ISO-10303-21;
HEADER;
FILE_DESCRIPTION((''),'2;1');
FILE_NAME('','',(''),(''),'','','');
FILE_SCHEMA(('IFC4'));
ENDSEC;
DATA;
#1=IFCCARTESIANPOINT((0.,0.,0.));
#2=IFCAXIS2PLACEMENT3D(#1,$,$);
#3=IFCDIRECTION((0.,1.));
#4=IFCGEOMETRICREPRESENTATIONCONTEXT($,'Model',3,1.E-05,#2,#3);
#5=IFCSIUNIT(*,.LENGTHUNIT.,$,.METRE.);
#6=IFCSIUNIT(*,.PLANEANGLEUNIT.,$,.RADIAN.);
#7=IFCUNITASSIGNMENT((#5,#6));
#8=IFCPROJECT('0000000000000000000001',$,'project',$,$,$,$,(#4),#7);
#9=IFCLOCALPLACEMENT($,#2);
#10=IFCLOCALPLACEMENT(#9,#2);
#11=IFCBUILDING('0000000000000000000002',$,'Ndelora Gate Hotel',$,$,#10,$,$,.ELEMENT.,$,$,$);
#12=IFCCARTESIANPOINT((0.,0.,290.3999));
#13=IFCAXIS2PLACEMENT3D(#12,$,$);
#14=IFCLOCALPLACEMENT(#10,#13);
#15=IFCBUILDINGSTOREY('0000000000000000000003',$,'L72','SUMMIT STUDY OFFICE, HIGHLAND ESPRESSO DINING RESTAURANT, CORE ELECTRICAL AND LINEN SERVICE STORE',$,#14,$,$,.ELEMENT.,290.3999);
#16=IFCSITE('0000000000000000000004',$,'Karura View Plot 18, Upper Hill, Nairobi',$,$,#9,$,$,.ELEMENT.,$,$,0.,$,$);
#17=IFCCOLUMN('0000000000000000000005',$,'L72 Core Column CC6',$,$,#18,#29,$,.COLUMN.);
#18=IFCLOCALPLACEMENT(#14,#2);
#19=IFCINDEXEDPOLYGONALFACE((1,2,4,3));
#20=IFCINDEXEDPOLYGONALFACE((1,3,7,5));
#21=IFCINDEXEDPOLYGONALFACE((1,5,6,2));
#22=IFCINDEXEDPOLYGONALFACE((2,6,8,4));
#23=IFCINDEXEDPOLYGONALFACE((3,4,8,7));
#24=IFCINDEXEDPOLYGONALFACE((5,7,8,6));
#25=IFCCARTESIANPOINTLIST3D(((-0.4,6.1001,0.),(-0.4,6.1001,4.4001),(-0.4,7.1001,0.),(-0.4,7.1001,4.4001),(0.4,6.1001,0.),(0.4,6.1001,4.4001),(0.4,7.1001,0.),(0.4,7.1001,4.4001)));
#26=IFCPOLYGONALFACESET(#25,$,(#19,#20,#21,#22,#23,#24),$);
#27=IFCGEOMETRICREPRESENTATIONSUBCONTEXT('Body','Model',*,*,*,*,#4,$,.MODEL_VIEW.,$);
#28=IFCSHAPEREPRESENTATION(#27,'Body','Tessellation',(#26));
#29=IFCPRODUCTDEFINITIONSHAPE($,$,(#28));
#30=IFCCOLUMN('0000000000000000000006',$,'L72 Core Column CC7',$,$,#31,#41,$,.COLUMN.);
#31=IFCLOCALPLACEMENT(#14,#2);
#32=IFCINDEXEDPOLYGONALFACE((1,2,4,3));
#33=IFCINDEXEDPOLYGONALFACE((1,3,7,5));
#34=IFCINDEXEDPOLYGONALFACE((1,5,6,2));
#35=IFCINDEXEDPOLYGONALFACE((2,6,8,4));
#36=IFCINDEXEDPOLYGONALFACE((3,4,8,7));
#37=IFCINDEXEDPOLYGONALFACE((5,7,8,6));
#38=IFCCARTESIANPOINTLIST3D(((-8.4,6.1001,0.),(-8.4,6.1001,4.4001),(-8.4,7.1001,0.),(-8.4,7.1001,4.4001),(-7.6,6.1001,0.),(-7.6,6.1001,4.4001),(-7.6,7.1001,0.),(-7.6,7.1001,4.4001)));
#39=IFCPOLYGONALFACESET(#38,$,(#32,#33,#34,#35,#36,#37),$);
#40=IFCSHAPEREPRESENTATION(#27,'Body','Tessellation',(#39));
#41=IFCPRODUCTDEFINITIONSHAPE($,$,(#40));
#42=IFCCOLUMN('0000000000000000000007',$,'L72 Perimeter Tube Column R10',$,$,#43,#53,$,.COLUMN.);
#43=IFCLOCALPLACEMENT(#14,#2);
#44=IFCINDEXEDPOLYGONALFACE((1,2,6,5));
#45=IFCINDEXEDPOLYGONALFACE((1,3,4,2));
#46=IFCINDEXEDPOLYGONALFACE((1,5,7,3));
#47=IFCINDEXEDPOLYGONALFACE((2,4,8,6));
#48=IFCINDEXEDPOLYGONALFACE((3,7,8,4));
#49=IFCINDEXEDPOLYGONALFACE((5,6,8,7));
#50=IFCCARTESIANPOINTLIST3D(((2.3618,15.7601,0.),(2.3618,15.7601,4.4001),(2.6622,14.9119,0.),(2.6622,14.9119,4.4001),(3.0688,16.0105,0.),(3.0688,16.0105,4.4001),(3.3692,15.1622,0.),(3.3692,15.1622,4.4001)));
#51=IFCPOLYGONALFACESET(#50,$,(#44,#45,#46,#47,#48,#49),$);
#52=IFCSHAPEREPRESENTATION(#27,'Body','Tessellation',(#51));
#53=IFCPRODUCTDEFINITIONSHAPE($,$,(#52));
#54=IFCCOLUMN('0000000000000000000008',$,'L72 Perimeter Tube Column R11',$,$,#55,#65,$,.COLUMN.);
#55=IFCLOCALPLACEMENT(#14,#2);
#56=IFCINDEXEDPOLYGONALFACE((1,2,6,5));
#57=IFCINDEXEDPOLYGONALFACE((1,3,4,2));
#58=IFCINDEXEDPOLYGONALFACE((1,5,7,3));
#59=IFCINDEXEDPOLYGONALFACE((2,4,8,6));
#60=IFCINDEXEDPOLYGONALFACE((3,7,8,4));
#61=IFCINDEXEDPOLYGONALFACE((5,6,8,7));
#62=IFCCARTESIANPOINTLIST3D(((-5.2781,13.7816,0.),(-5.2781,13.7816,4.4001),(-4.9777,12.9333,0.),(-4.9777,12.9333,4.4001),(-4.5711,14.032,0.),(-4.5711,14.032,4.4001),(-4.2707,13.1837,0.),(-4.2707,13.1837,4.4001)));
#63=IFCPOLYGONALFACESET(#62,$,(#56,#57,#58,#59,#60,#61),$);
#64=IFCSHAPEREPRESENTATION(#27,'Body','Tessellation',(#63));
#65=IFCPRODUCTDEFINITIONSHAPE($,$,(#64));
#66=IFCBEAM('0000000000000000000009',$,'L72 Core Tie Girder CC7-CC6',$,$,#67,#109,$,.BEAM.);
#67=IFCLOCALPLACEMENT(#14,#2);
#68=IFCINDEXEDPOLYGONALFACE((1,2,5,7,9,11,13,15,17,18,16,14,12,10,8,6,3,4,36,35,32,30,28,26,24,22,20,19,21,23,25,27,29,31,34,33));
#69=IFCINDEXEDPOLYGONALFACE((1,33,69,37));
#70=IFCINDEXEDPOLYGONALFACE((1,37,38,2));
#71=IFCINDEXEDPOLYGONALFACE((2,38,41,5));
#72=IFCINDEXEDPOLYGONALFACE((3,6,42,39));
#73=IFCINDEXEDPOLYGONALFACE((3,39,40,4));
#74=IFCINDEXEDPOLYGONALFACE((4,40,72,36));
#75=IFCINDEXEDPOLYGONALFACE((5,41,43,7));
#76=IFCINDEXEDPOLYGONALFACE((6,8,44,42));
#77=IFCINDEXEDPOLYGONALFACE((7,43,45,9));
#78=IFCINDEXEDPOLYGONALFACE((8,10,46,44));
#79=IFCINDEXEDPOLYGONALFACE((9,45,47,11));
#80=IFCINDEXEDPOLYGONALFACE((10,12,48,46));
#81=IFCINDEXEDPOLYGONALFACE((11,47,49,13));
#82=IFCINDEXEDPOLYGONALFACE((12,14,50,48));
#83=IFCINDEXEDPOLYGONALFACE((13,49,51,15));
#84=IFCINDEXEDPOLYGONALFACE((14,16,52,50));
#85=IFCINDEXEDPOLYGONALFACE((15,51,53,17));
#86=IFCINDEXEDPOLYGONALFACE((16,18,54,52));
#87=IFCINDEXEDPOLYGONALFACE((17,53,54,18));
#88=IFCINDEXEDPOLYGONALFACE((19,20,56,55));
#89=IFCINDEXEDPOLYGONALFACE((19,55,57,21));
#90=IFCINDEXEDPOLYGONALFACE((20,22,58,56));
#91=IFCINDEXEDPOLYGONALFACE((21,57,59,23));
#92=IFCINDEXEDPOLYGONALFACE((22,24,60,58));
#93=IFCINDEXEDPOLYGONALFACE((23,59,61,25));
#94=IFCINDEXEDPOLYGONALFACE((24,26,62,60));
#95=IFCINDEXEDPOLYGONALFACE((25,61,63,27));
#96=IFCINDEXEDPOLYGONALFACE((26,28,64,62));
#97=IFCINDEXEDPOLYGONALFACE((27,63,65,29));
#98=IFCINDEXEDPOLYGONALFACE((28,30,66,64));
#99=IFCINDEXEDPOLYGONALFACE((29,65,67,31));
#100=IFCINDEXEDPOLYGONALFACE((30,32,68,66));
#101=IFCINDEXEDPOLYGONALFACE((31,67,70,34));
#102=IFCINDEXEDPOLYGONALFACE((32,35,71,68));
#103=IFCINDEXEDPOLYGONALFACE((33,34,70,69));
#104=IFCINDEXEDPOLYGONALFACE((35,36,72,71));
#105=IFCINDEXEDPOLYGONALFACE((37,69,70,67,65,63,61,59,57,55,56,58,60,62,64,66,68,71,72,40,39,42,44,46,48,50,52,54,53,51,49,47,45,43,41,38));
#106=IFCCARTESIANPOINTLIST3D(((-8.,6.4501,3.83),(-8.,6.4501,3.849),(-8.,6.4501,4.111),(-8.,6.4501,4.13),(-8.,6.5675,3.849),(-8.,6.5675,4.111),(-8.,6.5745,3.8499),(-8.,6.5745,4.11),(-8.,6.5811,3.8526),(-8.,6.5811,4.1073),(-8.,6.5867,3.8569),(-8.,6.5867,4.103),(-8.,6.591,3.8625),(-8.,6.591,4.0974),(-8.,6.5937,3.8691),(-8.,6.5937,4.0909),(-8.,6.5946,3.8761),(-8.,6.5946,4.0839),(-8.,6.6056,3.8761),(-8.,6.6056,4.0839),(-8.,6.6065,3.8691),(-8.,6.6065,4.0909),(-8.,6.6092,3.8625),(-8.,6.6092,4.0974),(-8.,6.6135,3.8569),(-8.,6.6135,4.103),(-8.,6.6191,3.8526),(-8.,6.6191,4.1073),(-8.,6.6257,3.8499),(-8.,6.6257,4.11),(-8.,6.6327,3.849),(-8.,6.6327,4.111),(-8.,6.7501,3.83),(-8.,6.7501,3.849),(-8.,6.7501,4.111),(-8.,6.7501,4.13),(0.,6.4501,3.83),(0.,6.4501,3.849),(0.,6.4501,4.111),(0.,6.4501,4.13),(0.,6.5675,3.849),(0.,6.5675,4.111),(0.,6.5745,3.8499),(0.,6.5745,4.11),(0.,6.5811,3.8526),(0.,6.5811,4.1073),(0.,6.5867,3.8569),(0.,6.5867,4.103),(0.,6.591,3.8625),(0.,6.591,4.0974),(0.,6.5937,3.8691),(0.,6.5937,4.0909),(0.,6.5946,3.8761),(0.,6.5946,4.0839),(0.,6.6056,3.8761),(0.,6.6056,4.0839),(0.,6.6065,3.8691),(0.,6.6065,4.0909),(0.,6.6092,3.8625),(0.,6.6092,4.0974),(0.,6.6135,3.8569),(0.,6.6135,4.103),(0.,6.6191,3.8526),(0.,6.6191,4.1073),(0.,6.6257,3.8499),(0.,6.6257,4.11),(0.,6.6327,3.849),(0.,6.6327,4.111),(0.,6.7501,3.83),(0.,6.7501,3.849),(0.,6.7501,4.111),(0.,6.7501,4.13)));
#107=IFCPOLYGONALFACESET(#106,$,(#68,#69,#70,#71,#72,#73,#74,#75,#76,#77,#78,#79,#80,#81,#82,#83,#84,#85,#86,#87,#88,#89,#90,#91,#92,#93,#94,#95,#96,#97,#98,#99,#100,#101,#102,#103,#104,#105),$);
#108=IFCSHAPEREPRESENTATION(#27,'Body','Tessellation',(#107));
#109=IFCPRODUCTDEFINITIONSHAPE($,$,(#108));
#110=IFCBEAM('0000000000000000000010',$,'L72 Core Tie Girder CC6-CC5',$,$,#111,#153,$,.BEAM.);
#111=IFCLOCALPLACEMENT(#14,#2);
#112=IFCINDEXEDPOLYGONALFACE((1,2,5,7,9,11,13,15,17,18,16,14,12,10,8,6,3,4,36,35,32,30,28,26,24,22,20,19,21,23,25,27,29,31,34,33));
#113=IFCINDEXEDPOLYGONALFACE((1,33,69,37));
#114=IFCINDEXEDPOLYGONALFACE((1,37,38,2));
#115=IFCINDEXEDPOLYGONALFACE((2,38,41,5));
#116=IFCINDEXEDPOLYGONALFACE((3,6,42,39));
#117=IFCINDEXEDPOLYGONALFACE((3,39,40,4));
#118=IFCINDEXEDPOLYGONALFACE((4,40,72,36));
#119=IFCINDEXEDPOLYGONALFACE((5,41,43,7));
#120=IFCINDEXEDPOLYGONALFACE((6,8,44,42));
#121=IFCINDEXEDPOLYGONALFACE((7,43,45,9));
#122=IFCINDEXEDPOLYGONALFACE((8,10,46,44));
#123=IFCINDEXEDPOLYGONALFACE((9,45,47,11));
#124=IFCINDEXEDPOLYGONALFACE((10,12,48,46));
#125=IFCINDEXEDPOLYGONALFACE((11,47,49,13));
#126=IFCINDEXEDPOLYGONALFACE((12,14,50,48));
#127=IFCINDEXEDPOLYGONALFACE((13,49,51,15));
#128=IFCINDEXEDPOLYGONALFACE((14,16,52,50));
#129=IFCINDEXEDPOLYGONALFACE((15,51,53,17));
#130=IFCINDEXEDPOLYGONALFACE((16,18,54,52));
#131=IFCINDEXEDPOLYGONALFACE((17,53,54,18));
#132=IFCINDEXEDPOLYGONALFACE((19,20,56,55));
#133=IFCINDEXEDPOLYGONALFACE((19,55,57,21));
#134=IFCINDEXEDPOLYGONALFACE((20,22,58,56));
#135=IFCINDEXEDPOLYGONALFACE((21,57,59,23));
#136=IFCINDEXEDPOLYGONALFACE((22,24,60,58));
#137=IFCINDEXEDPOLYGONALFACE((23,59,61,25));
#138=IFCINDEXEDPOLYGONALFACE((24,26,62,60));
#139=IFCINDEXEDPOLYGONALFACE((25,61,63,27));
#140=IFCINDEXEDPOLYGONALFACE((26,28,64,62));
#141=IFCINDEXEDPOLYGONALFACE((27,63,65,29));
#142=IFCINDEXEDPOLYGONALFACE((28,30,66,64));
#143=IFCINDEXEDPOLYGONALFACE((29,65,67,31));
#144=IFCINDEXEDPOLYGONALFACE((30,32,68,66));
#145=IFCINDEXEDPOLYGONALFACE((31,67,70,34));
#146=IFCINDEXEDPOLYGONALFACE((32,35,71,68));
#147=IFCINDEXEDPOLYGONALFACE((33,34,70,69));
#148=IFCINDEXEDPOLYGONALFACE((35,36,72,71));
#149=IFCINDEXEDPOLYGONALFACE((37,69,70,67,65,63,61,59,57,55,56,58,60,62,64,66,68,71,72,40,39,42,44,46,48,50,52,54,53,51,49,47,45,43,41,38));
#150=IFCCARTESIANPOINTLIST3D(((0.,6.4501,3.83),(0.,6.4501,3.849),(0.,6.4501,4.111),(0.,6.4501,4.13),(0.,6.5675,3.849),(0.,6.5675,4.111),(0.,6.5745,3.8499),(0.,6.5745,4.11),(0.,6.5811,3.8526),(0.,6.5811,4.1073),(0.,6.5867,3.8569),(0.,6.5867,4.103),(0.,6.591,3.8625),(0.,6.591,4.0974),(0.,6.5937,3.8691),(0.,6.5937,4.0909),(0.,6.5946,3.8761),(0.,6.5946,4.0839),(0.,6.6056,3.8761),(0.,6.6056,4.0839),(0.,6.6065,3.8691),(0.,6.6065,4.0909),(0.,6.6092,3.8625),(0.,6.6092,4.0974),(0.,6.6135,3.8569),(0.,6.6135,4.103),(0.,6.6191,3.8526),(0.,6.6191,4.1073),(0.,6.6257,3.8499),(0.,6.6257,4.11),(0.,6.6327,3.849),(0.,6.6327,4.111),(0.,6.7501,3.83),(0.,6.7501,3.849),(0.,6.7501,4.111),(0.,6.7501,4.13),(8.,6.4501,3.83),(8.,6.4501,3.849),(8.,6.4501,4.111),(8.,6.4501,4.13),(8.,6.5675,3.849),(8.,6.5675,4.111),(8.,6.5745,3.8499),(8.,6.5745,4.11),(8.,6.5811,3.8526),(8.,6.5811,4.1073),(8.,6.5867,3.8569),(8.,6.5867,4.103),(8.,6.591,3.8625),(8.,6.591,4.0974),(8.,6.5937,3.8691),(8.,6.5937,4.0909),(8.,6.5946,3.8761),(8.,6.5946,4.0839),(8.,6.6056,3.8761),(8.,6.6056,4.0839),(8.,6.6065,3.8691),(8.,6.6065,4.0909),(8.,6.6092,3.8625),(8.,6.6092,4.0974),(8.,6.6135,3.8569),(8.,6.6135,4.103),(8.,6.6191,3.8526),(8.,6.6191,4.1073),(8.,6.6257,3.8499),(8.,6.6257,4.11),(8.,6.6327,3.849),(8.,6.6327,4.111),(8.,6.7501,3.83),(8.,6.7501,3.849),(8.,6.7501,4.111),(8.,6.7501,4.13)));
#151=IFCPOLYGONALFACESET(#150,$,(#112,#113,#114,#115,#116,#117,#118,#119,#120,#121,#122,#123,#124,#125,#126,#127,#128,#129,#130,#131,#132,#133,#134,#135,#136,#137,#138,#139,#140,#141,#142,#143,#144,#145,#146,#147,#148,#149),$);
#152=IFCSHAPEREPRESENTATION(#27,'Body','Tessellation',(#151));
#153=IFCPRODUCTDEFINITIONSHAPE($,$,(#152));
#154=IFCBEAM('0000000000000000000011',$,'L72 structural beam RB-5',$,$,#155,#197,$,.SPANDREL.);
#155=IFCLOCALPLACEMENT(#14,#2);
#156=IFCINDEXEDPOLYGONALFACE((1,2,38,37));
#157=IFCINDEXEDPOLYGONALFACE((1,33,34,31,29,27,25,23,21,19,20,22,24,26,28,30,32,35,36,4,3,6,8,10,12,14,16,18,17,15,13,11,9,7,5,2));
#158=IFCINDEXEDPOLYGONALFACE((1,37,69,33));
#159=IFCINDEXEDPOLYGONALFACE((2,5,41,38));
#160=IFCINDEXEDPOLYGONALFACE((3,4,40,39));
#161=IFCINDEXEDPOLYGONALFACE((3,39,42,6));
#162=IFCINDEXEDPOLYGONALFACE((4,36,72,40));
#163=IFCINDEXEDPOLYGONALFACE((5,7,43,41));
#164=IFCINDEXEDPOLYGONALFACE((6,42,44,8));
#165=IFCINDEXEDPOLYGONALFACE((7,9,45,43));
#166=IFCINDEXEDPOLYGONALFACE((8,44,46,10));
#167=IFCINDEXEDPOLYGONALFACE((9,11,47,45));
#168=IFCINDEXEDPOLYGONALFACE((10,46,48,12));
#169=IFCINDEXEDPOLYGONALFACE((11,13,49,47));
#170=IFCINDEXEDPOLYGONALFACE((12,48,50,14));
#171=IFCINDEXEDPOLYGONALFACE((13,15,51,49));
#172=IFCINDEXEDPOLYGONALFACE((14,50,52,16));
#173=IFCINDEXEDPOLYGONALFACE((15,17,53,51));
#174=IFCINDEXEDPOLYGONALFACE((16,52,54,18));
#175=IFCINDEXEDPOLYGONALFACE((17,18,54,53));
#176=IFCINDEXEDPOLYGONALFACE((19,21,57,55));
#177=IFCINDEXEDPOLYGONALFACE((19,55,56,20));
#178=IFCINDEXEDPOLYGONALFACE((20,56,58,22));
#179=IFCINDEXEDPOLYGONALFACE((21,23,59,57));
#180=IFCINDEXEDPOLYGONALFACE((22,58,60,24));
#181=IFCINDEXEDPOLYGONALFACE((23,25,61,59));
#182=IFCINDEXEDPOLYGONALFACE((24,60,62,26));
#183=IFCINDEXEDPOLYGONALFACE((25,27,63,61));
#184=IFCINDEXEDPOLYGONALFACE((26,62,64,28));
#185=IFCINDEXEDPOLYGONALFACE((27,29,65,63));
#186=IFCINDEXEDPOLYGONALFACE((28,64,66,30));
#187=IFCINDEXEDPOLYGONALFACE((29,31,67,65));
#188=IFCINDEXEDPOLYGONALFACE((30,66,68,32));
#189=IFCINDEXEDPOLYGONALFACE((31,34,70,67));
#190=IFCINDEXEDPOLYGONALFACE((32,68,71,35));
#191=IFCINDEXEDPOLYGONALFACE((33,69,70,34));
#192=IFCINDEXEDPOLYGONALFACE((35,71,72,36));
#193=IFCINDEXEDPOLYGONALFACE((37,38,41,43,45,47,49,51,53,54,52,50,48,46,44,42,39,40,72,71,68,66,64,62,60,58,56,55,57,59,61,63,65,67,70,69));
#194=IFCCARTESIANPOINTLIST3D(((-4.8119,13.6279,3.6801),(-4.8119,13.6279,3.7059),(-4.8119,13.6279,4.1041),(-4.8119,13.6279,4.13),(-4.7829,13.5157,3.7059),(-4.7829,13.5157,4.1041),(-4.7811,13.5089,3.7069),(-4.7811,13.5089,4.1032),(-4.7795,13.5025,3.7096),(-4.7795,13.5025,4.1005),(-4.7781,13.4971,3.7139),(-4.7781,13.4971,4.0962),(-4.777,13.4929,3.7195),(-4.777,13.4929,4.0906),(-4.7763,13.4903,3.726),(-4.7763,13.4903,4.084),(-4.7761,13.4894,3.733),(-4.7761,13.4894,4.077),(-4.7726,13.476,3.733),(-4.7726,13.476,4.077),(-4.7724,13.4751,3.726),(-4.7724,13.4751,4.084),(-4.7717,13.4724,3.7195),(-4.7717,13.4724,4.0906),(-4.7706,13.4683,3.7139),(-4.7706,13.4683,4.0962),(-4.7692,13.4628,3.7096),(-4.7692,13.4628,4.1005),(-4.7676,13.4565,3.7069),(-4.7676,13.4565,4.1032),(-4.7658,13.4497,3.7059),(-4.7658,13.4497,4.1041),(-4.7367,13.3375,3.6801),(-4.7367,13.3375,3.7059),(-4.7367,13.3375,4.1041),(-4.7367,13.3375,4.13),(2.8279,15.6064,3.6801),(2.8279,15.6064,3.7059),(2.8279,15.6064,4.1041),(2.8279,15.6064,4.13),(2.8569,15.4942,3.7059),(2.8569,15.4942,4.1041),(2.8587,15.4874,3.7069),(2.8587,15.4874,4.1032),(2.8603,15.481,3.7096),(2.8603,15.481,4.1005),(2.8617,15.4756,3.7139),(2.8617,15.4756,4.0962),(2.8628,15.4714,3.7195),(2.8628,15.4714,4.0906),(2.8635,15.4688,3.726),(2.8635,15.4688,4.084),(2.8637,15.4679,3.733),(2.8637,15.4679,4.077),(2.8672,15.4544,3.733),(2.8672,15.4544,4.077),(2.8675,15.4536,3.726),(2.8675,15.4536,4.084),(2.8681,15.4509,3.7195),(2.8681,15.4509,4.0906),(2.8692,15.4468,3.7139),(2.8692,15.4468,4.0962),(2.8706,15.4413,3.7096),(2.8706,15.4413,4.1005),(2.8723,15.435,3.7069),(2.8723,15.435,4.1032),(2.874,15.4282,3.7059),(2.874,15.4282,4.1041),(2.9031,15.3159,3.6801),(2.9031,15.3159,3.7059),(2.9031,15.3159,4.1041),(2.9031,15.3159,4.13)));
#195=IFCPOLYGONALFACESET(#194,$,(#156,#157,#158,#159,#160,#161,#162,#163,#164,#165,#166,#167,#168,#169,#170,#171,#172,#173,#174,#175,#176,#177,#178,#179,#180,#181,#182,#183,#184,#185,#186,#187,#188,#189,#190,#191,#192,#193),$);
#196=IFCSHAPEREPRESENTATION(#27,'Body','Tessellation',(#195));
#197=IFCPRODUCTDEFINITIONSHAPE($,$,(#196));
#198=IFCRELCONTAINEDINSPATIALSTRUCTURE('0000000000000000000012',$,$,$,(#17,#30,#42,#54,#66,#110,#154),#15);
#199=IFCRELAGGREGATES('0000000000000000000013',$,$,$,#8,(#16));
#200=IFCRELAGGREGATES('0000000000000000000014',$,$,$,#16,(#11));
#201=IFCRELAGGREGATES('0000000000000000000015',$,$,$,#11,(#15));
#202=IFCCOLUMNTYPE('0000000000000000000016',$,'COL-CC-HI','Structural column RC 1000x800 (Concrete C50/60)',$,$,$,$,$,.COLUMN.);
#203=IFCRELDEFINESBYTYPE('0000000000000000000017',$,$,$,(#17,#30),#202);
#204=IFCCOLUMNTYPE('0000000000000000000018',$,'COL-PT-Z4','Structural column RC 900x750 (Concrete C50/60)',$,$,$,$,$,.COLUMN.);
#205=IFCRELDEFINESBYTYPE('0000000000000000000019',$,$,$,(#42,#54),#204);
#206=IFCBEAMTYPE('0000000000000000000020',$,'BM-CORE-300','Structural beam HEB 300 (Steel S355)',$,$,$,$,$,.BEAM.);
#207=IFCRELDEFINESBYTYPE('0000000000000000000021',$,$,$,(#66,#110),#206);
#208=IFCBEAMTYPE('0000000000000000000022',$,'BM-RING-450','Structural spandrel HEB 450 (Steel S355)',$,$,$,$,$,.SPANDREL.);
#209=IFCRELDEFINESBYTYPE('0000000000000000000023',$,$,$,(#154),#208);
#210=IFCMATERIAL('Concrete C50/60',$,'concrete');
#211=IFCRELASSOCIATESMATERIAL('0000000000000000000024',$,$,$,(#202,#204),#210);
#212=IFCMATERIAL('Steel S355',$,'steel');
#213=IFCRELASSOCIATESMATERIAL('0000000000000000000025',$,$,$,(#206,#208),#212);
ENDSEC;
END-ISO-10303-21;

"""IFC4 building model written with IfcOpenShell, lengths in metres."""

from ifc_helpers import new_model, si_unit, direction, frame, origin, origin_2d, place, context, subcontext, project, spatial, rectangle, i_section, extrude, material, material_profile, profile_set, type_object, element, save


model = new_model("IFC4")

# Units and contexts
model_context = context("Model", 3, precision=1e-05, world=origin(), true_north=direction((0.0, 1.0)))
body_context = subcontext(model_context, "Body", "Model", "MODEL_VIEW")
ifc_project = project(units=[si_unit("LENGTHUNIT", "METRE"), si_unit("PLANEANGLEUNIT", "RADIAN")], contexts=[model_context])

# Site, building, storey
site_placement = place(None, origin())
site = spatial("IfcSite", under=ifc_project, at=site_placement, Name="Karura View Plot 18, Upper Hill, Nairobi", CompositionType="ELEMENT", RefElevation=0.0)
building_placement = place(site_placement, origin())
building = spatial("IfcBuilding", under=site, at=building_placement, Name="Ndelora Gate Hotel", CompositionType="ELEMENT")
storey_placement = place(building_placement, frame((0.0, 0.0, 290.3999)))
storey = spatial("IfcBuildingStorey", under=building, at=storey_placement, Name="L72", Description="SUMMIT STUDY OFFICE, HIGHLAND ESPRESSO DINING RESTAURANT, CORE ELECTRICAL AND LINEN SERVICE STORE", CompositionType="ELEMENT", Elevation=290.3999)

# Columns
ifc_material_1 = material(Name="Concrete C50/60", Category="concrete")
ifc_material_profile_1 = material_profile(ifc_material_1, rectangle(XDim=0.8, YDim=1.0, at=origin_2d()), Name="RC 1000x800")
ifc_profile_set_1 = profile_set([ifc_material_profile_1], Name="Concrete C50/60")
column_type_1 = type_object("IfcColumnType", Name="COL-CC-HI", Description="Structural column RC 1000x800 (Concrete C50/60)", PredefinedType="COLUMN", material=ifc_profile_set_1)
for number, where, z_axis, x_axis, name in (
    (1, (0.0, 6.6001, 0.0), (0.0, 0.0, 1.0), (1.0, 0.0, 0.0), "L72 Core Column CC6"),
    (2, (-8.0, 6.6001, 0.0), (0.0, 0.0, 1.0), (1.0, 0.0, 0.0), "L72 Core Column CC7"),
):
    element("IfcColumn", number, at=place(storey_placement, frame(where, z_axis=z_axis, x_axis=x_axis)), inside=storey, type_object=column_type_1, Name=name, PredefinedType="COLUMN", context=body_context, shape_type="SweptSolid", body=[
        extrude(rectangle(XDim=0.8, YDim=1.0, at=origin_2d()), origin(), (0.0, 0.0, 1.0), 4.4001),
    ])
ifc_material_profile_2 = material_profile(ifc_material_1, rectangle(XDim=0.75, YDim=0.8999, at=origin_2d()), Name="RC 900x750")
ifc_profile_set_2 = profile_set([ifc_material_profile_2], Name="Concrete C50/60")
column_type_2 = type_object("IfcColumnType", Name="COL-PT-Z4", Description="Structural column RC 900x750 (Concrete C50/60)", PredefinedType="COLUMN", material=ifc_profile_set_2)
for number, where, z_axis, x_axis, name in (
    (3, (2.8655, 15.4612, 0.0), (0.0, 0.0, 1.0), (0.942641, 0.333807, 0.0), "L72 Perimeter Tube Column R10"),
    (4, (-4.7744, 13.4827, 0.0), (0.0, 0.0, 1.0), (0.942641, 0.333807, 0.0), "L72 Perimeter Tube Column R11"),
):
    element("IfcColumn", number, at=place(storey_placement, frame(where, z_axis=z_axis, x_axis=x_axis)), inside=storey, type_object=column_type_2, Name=name, PredefinedType="COLUMN", context=body_context, shape_type="SweptSolid", body=[
        extrude(rectangle(XDim=0.75, YDim=0.8999, at=origin_2d()), origin(), (0.0, 0.0, 1.0), 4.4001),
    ])

# Beams
ifc_material_2 = material(Name="Steel S355", Category="steel")
ifc_material_profile_3 = material_profile(ifc_material_2, i_section(OverallWidth=0.3, OverallDepth=0.3, WebThickness=0.011, FlangeThickness=0.019, FilletRadius=0.0271, at=origin_2d()), Name="HEB 300")
ifc_profile_set_3 = profile_set([ifc_material_profile_3], Name="Steel S355")
beam_type_1 = type_object("IfcBeamType", Name="BM-CORE-300", Description="Structural beam HEB 300 (Steel S355)", PredefinedType="BEAM", material=ifc_profile_set_3)
for number, where, z_axis, x_axis, name in (
    (5, (-8.0, 6.6001, 3.98), (1.0, 0.0, 0.0), (0.0, 1.0, 0.0), "L72 Core Tie Girder CC7-CC6"),
    (6, (0.0, 6.6001, 3.98), (1.0, 0.0, 0.0), (0.0, 1.0, 0.0), "L72 Core Tie Girder CC6-CC5"),
):
    element("IfcBeam", number, at=place(storey_placement, frame(where, z_axis=z_axis, x_axis=x_axis)), inside=storey, type_object=beam_type_1, Name=name, PredefinedType="BEAM", context=body_context, shape_type="SweptSolid", body=[
        extrude(i_section(OverallWidth=0.3, OverallDepth=0.3, WebThickness=0.011, FlangeThickness=0.019, FilletRadius=0.0271, at=origin_2d()), origin(), (0.0, 0.0, 1.0), 8.0),
    ])
ifc_material_profile_4 = material_profile(ifc_material_2, i_section(OverallWidth=0.3, OverallDepth=0.45, WebThickness=0.0139, FlangeThickness=0.0259, FilletRadius=0.0271, at=origin_2d()), Name="HEB 450")
ifc_profile_set_4 = profile_set([ifc_material_profile_4], Name="Steel S355")
beam_type_2 = type_object("IfcBeamType", Name="BM-RING-450", Description="Structural spandrel HEB 450 (Steel S355)", PredefinedType="SPANDREL", material=ifc_profile_set_4)
beam_1_placement = place(storey_placement, frame((2.8655, 15.4612, 3.905), z_axis=(-0.968064, -0.250701, 0.0), x_axis=(0.250701, -0.968064, 0.0)))
element("IfcBeam", 7, at=beam_1_placement, inside=storey, type_object=beam_type_2, Name="L72 structural beam RB-5", PredefinedType="SPANDREL", context=body_context, shape_type="SweptSolid", body=[
    extrude(i_section(OverallWidth=0.3, OverallDepth=0.45, WebThickness=0.0139, FlangeThickness=0.0259, FilletRadius=0.0271, at=origin_2d()), origin(), (0.0, 0.0, 1.0), 7.8918),
])

save(model, "model.ifc")
